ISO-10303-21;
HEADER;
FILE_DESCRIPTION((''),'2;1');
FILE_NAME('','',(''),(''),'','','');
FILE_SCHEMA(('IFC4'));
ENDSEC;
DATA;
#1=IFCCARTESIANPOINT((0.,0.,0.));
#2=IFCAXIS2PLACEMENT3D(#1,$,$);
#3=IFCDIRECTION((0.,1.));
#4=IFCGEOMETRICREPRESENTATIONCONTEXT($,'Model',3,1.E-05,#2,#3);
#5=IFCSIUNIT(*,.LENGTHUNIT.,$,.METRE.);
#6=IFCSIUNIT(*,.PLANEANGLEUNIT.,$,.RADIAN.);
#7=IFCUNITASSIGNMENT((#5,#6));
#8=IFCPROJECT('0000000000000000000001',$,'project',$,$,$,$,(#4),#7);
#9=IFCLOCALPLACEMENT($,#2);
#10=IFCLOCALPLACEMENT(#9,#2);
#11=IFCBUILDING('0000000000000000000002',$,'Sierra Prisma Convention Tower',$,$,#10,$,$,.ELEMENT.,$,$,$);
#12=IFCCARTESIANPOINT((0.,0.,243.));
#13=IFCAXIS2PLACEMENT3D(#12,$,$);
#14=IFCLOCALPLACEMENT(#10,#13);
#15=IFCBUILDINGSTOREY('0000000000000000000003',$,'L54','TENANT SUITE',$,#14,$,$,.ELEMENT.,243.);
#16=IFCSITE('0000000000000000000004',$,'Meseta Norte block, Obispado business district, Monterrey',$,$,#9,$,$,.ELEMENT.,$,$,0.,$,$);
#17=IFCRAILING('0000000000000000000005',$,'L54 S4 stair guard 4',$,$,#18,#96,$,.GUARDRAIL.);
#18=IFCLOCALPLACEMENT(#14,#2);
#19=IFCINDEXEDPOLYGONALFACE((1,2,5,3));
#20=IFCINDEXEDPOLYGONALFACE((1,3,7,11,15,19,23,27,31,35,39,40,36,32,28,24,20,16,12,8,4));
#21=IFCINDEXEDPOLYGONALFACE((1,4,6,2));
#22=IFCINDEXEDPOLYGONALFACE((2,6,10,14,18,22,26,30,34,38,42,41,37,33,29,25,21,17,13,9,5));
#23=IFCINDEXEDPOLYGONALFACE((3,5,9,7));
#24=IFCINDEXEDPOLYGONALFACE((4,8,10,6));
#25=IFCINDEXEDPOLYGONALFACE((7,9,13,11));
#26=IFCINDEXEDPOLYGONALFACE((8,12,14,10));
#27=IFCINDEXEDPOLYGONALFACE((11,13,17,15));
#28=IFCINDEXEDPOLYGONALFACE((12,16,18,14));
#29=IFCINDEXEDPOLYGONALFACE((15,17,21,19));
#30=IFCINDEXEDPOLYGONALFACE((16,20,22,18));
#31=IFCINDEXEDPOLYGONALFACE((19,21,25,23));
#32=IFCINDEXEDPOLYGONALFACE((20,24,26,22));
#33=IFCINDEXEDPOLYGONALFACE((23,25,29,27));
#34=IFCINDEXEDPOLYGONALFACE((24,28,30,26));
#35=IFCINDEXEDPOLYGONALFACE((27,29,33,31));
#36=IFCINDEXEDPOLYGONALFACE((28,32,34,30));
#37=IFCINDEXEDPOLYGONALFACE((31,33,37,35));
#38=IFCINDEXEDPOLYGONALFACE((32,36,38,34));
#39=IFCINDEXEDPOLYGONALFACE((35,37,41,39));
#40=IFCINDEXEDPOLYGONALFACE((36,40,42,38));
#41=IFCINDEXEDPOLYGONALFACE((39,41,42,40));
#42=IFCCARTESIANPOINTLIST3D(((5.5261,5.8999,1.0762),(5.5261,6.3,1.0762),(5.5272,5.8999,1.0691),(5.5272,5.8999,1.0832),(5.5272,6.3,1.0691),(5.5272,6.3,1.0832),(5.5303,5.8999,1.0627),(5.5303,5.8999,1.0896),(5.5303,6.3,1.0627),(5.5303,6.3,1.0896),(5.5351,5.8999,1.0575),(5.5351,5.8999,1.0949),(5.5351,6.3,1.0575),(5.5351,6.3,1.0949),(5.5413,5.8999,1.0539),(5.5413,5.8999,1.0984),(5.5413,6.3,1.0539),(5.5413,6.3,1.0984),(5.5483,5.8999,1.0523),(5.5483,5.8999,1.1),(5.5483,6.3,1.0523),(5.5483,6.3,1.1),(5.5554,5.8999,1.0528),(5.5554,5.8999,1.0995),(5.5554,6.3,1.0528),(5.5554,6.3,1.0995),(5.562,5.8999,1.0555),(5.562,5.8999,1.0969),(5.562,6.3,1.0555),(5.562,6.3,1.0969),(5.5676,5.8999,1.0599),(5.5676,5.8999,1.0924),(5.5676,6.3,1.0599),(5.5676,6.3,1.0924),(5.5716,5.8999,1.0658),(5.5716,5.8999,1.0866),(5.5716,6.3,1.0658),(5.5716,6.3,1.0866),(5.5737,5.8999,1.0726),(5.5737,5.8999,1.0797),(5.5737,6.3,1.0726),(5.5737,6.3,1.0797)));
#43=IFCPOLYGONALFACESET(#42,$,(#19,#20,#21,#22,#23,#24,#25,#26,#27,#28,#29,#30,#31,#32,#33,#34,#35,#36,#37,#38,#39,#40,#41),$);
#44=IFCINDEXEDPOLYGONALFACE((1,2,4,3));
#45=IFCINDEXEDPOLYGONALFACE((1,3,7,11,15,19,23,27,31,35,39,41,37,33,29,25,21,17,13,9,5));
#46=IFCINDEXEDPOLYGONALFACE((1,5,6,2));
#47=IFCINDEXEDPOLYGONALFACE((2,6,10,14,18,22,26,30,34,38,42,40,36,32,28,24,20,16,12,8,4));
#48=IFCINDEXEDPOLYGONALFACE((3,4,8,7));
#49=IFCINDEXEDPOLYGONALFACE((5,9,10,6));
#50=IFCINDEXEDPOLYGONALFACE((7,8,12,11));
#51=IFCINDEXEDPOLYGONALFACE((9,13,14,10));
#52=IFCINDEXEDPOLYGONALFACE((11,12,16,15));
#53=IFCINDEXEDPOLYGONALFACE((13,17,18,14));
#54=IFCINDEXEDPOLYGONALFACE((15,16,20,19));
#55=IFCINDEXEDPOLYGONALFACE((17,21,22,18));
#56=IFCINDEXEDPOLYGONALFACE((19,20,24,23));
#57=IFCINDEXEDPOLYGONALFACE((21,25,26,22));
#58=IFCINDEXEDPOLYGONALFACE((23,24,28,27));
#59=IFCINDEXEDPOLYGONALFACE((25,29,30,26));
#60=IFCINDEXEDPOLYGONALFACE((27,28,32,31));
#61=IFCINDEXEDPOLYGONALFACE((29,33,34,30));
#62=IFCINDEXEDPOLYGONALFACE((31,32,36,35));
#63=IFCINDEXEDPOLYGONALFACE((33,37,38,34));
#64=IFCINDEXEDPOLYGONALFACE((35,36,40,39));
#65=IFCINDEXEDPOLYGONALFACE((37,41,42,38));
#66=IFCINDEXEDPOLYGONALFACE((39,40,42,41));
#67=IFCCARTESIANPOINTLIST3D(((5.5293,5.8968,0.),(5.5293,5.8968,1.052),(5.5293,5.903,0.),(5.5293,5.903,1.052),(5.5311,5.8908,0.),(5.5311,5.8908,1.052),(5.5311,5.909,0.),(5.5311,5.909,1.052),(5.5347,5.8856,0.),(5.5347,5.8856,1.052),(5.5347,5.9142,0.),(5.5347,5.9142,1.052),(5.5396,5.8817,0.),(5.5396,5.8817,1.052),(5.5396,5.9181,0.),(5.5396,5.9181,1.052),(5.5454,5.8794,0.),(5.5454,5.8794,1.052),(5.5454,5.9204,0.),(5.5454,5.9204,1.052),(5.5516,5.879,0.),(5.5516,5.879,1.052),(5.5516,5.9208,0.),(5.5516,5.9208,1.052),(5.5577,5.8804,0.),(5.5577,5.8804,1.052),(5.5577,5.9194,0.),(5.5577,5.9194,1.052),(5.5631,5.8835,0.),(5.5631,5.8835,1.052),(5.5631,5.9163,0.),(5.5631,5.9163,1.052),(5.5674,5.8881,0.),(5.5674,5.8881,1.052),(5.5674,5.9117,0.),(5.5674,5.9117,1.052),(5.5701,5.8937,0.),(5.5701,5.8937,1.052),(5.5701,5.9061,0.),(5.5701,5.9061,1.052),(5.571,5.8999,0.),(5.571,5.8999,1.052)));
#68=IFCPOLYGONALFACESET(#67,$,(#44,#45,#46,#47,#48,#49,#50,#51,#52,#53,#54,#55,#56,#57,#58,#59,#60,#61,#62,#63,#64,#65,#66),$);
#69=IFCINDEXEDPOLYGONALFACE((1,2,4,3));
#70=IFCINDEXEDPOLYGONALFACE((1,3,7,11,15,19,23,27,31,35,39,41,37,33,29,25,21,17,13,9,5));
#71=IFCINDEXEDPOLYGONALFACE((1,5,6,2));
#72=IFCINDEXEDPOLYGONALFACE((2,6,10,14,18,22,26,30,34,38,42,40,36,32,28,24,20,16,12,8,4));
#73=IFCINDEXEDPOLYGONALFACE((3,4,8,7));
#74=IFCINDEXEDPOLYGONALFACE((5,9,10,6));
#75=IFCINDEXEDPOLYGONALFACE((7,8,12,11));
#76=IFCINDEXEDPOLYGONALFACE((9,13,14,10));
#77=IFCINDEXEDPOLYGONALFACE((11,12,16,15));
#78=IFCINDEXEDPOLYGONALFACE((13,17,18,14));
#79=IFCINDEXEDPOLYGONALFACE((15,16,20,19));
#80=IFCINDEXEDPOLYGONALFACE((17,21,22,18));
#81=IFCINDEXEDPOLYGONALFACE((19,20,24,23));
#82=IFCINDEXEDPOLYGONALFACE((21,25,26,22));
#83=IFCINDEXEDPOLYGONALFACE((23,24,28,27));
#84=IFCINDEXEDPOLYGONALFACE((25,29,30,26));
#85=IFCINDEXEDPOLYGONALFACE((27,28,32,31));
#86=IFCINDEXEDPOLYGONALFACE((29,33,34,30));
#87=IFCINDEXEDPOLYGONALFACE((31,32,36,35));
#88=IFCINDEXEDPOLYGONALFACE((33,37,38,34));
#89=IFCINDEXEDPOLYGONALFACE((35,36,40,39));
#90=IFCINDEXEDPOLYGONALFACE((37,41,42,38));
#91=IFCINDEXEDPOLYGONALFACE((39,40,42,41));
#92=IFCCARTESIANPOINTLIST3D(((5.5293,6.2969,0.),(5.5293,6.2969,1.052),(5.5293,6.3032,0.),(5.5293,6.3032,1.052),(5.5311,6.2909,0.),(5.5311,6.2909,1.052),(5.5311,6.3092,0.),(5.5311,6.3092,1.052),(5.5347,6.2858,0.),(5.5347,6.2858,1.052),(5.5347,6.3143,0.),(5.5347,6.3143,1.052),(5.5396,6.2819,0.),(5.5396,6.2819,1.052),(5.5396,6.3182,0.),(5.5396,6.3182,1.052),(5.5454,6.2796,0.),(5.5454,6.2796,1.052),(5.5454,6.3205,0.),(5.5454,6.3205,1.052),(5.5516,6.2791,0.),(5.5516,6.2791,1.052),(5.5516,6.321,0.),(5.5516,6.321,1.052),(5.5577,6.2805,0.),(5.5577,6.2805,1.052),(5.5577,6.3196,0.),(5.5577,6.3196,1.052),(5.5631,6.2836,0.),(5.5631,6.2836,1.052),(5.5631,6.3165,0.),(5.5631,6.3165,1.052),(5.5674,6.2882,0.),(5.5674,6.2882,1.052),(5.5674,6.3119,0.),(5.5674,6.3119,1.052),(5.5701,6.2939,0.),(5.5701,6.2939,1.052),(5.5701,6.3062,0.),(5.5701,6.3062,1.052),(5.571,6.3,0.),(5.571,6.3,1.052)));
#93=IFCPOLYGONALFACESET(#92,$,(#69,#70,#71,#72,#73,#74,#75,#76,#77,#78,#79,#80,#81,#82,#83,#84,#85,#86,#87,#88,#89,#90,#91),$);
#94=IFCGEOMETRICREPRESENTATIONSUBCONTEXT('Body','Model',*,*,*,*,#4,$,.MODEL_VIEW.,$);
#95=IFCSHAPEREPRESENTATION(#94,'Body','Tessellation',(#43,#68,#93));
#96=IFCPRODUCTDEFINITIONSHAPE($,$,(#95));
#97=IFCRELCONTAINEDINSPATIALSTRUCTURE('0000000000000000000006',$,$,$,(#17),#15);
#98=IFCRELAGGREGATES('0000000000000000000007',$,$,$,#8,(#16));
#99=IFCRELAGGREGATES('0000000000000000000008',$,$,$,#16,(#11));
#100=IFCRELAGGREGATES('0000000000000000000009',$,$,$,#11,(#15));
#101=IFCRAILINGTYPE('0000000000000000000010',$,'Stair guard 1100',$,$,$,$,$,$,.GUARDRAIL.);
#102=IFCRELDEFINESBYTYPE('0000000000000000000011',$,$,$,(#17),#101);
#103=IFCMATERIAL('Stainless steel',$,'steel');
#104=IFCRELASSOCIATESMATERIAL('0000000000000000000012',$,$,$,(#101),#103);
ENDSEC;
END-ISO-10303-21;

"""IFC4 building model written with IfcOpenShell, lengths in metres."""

from ifc_helpers import new_model, si_unit, direction, frame, origin, origin_2d, place, context, subcontext, project, spatial, circle, extrude, material, type_object, element, save


model = new_model("IFC4")

# Units and contexts
model_context = context("Model", 3, precision=1e-05, world=origin(), true_north=direction((0.0, 1.0)))
body_context = subcontext(model_context, "Body", "Model", "MODEL_VIEW")
ifc_project = project(units=[si_unit("LENGTHUNIT", "METRE"), si_unit("PLANEANGLEUNIT", "RADIAN")], contexts=[model_context])

# Site, building, storey
site_placement = place(None, origin())
site = spatial("IfcSite", under=ifc_project, at=site_placement, Name="Meseta Norte block, Obispado business district, Monterrey", CompositionType="ELEMENT", RefElevation=0.0)
building_placement = place(site_placement, origin())
building = spatial("IfcBuilding", under=site, at=building_placement, Name="Sierra Prisma Convention Tower", CompositionType="ELEMENT")
storey_placement = place(building_placement, frame((0.0, 0.0, 243.0)))
storey = spatial("IfcBuildingStorey", under=building, at=storey_placement, Name="L54", Description="TENANT SUITE", CompositionType="ELEMENT", Elevation=243.0)

# Railing
ifc_material_1 = material(Name="Stainless steel", Category="steel")
railing_type_1 = type_object("IfcRailingType", Name="Stair guard 1100", PredefinedType="GUARDRAIL", material=ifc_material_1)
railing_1_placement = place(storey_placement, frame((5.55, 5.8999, 0.0)))
element("IfcRailing", 1, at=railing_1_placement, inside=storey, type_object=railing_type_1, Name="L54 S4 stair guard 4", PredefinedType="GUARDRAIL", context=body_context, shape_type="SweptSolid", body=[
    extrude(circle(Radius=0.0239, at=origin_2d()), frame((0.0, 0.0, 1.0762), z_axis=(0.0, 1.0, 0.0), x_axis=(-1.0, 0.0, 0.0)), (0.0, 0.0, 1.0), 0.4001),
    extrude(circle(Radius=0.021, at=origin_2d()), origin(), (0.0, 0.0, 1.0), 1.052),
    extrude(circle(Radius=0.021, at=origin_2d()), frame((0.0, 0.4001, 0.0)), (0.0, 0.0, 1.0), 1.052),
])

save(model, "model.ifc")
